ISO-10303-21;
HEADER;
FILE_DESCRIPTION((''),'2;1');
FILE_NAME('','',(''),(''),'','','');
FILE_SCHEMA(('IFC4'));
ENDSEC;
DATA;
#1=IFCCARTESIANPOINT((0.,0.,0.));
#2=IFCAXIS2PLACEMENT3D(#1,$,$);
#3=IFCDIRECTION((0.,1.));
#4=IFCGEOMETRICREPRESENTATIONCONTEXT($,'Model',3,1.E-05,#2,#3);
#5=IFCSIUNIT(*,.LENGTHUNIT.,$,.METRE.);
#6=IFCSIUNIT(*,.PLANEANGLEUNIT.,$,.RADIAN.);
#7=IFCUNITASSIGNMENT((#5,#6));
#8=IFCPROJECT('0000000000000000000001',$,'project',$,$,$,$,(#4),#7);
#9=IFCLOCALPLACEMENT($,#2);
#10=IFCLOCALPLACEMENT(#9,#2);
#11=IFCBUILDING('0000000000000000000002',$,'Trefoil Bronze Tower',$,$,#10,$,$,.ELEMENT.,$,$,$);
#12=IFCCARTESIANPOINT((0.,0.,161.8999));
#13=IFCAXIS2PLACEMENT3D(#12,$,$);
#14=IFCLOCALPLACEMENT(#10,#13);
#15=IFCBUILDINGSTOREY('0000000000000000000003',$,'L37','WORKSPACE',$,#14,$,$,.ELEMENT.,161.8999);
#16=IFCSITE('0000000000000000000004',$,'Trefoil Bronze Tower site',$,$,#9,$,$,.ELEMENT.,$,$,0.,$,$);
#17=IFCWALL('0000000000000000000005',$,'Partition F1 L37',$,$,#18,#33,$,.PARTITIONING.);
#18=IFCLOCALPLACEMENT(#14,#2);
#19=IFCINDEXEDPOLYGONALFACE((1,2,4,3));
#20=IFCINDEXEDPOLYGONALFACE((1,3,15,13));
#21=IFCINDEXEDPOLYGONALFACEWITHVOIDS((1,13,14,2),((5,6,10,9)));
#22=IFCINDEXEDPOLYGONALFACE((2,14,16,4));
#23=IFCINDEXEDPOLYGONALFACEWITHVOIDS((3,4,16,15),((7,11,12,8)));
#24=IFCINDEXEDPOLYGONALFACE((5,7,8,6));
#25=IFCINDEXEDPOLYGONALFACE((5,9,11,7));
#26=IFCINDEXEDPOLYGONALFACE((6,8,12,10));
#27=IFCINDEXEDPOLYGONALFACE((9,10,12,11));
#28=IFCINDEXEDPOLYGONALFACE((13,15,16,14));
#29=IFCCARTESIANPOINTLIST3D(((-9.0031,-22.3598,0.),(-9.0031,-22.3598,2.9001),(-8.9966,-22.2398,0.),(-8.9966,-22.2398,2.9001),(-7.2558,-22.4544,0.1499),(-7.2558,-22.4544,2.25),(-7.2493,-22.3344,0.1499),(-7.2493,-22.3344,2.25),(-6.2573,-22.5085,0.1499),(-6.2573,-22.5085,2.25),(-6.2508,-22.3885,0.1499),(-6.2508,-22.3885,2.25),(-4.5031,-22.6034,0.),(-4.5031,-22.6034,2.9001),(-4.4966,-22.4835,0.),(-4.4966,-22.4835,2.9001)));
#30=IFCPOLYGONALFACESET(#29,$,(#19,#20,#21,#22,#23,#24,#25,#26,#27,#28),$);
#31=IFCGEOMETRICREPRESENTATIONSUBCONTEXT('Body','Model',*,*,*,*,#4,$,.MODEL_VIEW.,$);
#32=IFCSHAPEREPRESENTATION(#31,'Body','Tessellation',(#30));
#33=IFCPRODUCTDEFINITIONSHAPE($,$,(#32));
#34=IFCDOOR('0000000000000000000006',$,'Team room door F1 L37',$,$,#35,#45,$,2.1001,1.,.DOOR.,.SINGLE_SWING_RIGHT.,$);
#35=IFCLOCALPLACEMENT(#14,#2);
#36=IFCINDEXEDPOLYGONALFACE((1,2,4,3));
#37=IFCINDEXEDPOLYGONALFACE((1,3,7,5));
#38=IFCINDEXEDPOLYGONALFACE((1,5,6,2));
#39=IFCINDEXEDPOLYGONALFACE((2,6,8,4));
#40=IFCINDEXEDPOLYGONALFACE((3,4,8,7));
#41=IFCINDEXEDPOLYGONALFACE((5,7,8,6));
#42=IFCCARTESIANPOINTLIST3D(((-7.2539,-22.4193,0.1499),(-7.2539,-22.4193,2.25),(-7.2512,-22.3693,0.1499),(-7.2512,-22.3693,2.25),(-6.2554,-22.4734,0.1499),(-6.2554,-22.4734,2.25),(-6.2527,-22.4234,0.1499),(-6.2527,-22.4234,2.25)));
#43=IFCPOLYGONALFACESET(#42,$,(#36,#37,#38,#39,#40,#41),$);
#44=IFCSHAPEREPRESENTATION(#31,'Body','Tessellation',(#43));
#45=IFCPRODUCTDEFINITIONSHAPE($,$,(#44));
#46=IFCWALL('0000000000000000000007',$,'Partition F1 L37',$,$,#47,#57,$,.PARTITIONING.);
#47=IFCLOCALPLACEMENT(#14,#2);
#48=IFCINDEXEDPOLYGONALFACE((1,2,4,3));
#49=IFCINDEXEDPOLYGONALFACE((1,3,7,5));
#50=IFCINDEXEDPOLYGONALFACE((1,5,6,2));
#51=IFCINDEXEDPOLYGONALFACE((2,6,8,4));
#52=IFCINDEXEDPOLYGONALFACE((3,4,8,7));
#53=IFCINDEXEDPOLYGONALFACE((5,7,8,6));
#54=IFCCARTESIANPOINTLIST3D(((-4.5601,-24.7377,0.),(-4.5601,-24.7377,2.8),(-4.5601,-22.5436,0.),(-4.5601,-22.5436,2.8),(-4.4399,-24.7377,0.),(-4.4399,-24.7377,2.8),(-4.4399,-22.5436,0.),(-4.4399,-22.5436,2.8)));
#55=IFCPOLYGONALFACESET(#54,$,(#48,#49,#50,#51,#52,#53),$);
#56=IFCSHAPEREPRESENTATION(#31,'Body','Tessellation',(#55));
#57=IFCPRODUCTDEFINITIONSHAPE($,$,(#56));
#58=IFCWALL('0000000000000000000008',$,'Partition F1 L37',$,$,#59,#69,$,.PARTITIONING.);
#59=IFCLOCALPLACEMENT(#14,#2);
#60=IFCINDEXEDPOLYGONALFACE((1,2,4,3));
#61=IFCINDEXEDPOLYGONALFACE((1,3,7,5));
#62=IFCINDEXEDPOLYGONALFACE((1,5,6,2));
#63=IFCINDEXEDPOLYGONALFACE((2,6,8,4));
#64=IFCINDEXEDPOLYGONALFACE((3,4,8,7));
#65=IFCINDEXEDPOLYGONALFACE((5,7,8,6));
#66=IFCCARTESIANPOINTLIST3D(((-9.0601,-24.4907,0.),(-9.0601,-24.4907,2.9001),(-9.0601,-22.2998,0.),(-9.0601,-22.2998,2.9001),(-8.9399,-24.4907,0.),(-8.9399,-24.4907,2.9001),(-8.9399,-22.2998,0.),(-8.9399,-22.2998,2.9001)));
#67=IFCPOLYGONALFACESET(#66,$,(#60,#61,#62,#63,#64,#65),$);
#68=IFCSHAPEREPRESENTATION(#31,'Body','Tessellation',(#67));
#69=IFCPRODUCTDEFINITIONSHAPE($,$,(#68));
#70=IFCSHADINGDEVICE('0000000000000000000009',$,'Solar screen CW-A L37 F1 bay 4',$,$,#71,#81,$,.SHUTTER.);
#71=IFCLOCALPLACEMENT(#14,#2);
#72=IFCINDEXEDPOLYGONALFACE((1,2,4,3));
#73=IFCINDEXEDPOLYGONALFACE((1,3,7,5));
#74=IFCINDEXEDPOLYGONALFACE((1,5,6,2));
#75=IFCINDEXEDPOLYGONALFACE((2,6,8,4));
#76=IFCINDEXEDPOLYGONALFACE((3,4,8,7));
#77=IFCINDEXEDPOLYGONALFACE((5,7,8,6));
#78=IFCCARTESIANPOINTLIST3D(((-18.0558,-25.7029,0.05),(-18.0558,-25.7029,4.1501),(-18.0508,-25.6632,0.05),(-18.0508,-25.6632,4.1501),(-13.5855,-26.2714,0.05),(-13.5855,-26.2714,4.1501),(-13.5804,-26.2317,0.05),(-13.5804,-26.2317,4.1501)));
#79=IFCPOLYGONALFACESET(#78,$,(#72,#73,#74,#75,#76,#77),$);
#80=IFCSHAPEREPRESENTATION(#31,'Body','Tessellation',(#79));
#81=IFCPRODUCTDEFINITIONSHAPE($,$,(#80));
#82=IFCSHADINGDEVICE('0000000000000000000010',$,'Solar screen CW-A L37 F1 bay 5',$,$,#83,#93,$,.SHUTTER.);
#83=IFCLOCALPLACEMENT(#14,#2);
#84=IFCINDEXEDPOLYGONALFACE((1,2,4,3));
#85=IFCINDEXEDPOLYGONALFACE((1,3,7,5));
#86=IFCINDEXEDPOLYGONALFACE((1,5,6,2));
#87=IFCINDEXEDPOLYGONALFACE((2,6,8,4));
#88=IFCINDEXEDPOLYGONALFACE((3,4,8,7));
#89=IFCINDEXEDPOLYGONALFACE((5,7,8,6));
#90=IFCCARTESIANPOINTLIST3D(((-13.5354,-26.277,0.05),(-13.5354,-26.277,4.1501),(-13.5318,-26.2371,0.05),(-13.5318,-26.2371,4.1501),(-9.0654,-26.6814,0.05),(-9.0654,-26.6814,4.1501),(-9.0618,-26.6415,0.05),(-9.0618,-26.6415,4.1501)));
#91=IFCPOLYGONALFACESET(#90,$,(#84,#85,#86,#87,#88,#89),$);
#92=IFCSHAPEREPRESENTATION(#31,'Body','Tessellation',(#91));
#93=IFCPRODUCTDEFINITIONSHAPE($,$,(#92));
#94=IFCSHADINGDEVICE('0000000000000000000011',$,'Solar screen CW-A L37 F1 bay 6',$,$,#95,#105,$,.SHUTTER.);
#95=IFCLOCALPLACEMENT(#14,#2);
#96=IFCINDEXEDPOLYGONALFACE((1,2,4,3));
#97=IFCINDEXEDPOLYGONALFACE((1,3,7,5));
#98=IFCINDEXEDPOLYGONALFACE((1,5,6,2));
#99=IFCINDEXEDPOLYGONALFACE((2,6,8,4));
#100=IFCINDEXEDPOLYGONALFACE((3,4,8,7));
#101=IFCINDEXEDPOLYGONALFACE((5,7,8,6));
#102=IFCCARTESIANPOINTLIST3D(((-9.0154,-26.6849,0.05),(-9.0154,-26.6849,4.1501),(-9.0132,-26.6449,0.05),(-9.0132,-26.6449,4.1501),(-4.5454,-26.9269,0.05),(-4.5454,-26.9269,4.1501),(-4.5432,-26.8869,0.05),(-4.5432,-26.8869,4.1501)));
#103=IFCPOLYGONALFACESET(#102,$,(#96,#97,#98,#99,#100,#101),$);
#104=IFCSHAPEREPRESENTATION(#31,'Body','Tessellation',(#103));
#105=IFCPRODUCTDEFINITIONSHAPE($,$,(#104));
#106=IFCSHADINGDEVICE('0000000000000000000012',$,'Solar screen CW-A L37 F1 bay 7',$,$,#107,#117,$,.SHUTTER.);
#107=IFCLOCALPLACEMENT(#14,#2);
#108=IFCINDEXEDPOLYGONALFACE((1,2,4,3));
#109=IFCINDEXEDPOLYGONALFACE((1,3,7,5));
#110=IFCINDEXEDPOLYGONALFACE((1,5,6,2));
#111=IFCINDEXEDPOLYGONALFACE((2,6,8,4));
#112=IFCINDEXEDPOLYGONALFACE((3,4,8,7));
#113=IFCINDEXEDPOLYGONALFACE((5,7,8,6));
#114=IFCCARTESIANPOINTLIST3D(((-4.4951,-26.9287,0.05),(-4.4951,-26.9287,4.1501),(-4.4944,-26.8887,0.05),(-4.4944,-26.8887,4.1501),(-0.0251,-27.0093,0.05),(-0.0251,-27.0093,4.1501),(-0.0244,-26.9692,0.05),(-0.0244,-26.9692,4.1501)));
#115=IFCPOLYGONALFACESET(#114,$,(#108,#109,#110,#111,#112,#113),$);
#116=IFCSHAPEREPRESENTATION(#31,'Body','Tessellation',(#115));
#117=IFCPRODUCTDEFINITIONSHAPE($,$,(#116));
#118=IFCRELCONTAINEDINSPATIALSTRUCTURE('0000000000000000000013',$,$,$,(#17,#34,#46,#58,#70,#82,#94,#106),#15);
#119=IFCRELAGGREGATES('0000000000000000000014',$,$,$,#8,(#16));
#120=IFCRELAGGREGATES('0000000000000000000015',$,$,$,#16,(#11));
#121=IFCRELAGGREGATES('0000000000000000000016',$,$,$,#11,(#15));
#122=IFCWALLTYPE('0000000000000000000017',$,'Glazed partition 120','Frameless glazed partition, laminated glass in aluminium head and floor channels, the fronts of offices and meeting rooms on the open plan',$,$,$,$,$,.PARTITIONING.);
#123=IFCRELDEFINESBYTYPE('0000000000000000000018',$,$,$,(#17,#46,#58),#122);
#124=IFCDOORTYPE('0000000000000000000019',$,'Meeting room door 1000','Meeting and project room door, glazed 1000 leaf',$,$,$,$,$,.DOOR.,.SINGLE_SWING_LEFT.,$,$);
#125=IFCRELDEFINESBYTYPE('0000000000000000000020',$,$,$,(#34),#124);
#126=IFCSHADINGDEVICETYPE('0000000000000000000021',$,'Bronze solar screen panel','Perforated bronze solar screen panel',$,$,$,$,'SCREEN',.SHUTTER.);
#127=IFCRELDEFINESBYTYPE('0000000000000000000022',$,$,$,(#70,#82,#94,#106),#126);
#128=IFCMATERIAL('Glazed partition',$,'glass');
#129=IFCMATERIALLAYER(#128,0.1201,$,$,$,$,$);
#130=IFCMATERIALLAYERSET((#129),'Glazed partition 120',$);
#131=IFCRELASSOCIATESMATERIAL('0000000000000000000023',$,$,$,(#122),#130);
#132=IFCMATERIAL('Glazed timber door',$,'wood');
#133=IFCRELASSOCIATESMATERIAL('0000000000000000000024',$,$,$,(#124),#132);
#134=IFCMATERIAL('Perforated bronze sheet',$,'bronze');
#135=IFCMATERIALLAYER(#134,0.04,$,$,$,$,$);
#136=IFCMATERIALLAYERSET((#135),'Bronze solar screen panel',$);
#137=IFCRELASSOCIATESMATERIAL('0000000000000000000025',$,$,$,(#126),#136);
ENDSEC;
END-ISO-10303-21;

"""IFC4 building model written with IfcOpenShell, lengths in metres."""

from ifc_helpers import new_model, si_unit, direction, frame, frame_2d, origin, origin_2d, place, context, subcontext, project, spatial, rectangle, extrude, material, layer, layer_set, type_object, element, fill, save


model = new_model("IFC4")

# Units and contexts
model_context = context("Model", 3, precision=1e-05, world=origin(), true_north=direction((0.0, 1.0)))
body_context = subcontext(model_context, "Body", "Model", "MODEL_VIEW")
ifc_project = project(units=[si_unit("LENGTHUNIT", "METRE"), si_unit("PLANEANGLEUNIT", "RADIAN")], contexts=[model_context])

# Site, building, storey
site_placement = place(None, origin())
site = spatial("IfcSite", under=ifc_project, at=site_placement, Name="Trefoil Bronze Tower site", CompositionType="ELEMENT", RefElevation=0.0)
building_placement = place(site_placement, origin())
building = spatial("IfcBuilding", under=site, at=building_placement, Name="Trefoil Bronze Tower", CompositionType="ELEMENT")
storey_placement = place(building_placement, frame((0.0, 0.0, 161.8999)))
storey = spatial("IfcBuildingStorey", under=building, at=storey_placement, Name="L37", Description="WORKSPACE", CompositionType="ELEMENT", Elevation=161.8999)

# Wall, opening, door
ifc_material_1 = material(Name="Glazed partition", Category="glass")
ifc_layer_1 = layer(ifc_material_1, 0.1201)
ifc_layer_set_1 = layer_set([ifc_layer_1], Name="Glazed partition 120")
wall_type = type_object("IfcWallType", Name="Glazed partition 120", Description="Frameless glazed partition, laminated glass in aluminium head and floor channels, the fronts of offices and meeting rooms on the open plan", PredefinedType="PARTITIONING", material=ifc_layer_set_1)
ifc_material_2 = material(Name="Glazed timber door", Category="wood")
door_type_1 = type_object("IfcDoorType", Name="Meeting room door 1000", Description="Meeting and project room door, glazed 1000 leaf", OperationType="SINGLE_SWING_LEFT", PredefinedType="DOOR", material=ifc_material_2)
wall_1_placement = place(storey_placement, frame((-9.0, -22.2998, 0.0), z_axis=(0.0, 0.0, 1.0), x_axis=(0.998537, -0.054066, 0.0)))
wall_1 = element("IfcWall", 1, at=wall_1_placement, inside=storey, type_object=wall_type, Name="Partition F1 L37", PredefinedType="PARTITIONING", context=body_context, shape_type="SweptSolid", body=[
    extrude(rectangle(XDim=4.5066, YDim=0.1201, at=frame_2d((2.2534, 0.0))), origin(), (0.0, 0.0, 1.0), 2.9001),
])
opening_1_placement = place(wall_1_placement, frame((1.75, 0.0, 0.1499)))
opening_1 = element("IfcOpeningElement", 2, at=opening_1_placement, cuts=wall_1, PredefinedType="OPENING", context=body_context, shape_type="SweptSolid", body=[
    extrude(rectangle(XDim=1.0, YDim=2.1001, at=frame_2d((0.5, 1.05))), frame((0.0, 0.0701, 0.0), z_axis=(0.0, -1.0, 0.0), x_axis=(1.0, 0.0, 0.0)), (0.0, 0.0, 1.0), 0.1401),
])
door_1_placement = place(opening_1_placement, frame((1.0, 0.0, 0.0), z_axis=(0.0, 0.0, 1.0), x_axis=(-1.0, 0.0, 0.0)))
door_1 = element("IfcDoor", 3, at=door_1_placement, inside=storey, type_object=door_type_1, Name="Team room door F1 L37", OperationType="SINGLE_SWING_RIGHT", OverallHeight=2.1001, OverallWidth=1.0, PredefinedType="DOOR", context=body_context, shape_type="SweptSolid", body=[
    extrude(rectangle(XDim=1.0, YDim=2.1001, at=frame_2d((0.5, 1.05))), frame((0.0, 0.0249, 0.0), z_axis=(0.0, -1.0, 0.0), x_axis=(1.0, 0.0, 0.0)), (0.0, 0.0, 1.0), 0.05),
])
fill(opening_1, door_1)

# Walls
wall_2_placement = place(storey_placement, frame((-4.5, -22.5435, 0.0), z_axis=(0.0, 0.0, 1.0), x_axis=(0.0, -1.0, 0.0)))
element("IfcWall", 4, at=wall_2_placement, inside=storey, type_object=wall_type, Name="Partition F1 L37", PredefinedType="PARTITIONING", context=body_context, shape_type="SweptSolid", body=[
    extrude(rectangle(XDim=2.1941, YDim=0.1201, at=frame_2d((1.0972, 0.0))), origin(), (0.0, 0.0, 1.0), 2.8),
])
wall_3_placement = place(storey_placement, frame((-9.0, -22.2998, 0.0), z_axis=(0.0, 0.0, 1.0), x_axis=(0.0, -1.0, 0.0)))
element("IfcWall", 5, at=wall_3_placement, inside=storey, type_object=wall_type, Name="Partition F1 L37", PredefinedType="PARTITIONING", context=body_context, shape_type="SweptSolid", body=[
    extrude(rectangle(XDim=2.1909, YDim=0.1201, at=frame_2d((1.0955, 0.0))), origin(), (0.0, 0.0, 1.0), 2.9001),
])

# Shading devices
ifc_material_3 = material(Name="Perforated bronze sheet", Category="bronze")
ifc_layer_2 = layer(ifc_material_3, 0.04)
ifc_layer_set_2 = layer_set([ifc_layer_2], Name="Bronze solar screen panel")
shading_device_type = type_object("IfcShadingDeviceType", Name="Bronze solar screen panel", Description="Perforated bronze solar screen panel", ElementType="SCREEN", PredefinedType="SHUTTER", material=ifc_layer_set_2)
shading_device_1_placement = place(storey_placement, frame((-15.8181, -25.9673, 0.05), z_axis=(0.0, 0.0, 1.0), x_axis=(0.992012, -0.126147, 0.0)))
element("IfcShadingDevice", 6, at=shading_device_1_placement, inside=storey, type_object=shading_device_type, Name="Solar screen CW-A L37 F1 bay 4", PredefinedType="SHUTTER", context=body_context, shape_type="SweptSolid", body=[
    extrude(rectangle(XDim=4.5063, YDim=0.04, at=origin_2d()), origin(), (0.0, 0.0, 1.0), 4.1001),
])
shading_device_2_placement = place(storey_placement, frame((-11.2986, -26.4592, 0.05), z_axis=(0.0, 0.0, 1.0), x_axis=(0.995932, -0.090105, 0.0)))
element("IfcShadingDevice", 7, at=shading_device_2_placement, inside=storey, type_object=shading_device_type, Name="Solar screen CW-A L37 F1 bay 5", PredefinedType="SHUTTER", context=body_context, shape_type="SweptSolid", body=[
    extrude(rectangle(XDim=4.4883, YDim=0.04, at=origin_2d()), origin(), (0.0, 0.0, 1.0), 4.1001),
])
shading_device_3_placement = place(storey_placement, frame((-6.7793, -26.7859, 0.05), z_axis=(0.0, 0.0, 1.0), x_axis=(0.998538, -0.054063, 0.0)))
element("IfcShadingDevice", 8, at=shading_device_3_placement, inside=storey, type_object=shading_device_type, Name="Solar screen CW-A L37 F1 bay 6", PredefinedType="SHUTTER", context=body_context, shape_type="SweptSolid", body=[
    extrude(rectangle(XDim=4.4766, YDim=0.04, at=origin_2d()), origin(), (0.0, 0.0, 1.0), 4.1001),
])
shading_device_4_placement = place(storey_placement, frame((-2.2598, -26.949, 0.05), z_axis=(0.0, 0.0, 1.0), x_axis=(0.999838, -0.018021, 0.0)))
element("IfcShadingDevice", 9, at=shading_device_4_placement, inside=storey, type_object=shading_device_type, Name="Solar screen CW-A L37 F1 bay 7", PredefinedType="SHUTTER", context=body_context, shape_type="SweptSolid", body=[
    extrude(rectangle(XDim=4.4707, YDim=0.04, at=origin_2d()), origin(), (0.0, 0.0, 1.0), 4.1001),
])

save(model, "model.ifc")
